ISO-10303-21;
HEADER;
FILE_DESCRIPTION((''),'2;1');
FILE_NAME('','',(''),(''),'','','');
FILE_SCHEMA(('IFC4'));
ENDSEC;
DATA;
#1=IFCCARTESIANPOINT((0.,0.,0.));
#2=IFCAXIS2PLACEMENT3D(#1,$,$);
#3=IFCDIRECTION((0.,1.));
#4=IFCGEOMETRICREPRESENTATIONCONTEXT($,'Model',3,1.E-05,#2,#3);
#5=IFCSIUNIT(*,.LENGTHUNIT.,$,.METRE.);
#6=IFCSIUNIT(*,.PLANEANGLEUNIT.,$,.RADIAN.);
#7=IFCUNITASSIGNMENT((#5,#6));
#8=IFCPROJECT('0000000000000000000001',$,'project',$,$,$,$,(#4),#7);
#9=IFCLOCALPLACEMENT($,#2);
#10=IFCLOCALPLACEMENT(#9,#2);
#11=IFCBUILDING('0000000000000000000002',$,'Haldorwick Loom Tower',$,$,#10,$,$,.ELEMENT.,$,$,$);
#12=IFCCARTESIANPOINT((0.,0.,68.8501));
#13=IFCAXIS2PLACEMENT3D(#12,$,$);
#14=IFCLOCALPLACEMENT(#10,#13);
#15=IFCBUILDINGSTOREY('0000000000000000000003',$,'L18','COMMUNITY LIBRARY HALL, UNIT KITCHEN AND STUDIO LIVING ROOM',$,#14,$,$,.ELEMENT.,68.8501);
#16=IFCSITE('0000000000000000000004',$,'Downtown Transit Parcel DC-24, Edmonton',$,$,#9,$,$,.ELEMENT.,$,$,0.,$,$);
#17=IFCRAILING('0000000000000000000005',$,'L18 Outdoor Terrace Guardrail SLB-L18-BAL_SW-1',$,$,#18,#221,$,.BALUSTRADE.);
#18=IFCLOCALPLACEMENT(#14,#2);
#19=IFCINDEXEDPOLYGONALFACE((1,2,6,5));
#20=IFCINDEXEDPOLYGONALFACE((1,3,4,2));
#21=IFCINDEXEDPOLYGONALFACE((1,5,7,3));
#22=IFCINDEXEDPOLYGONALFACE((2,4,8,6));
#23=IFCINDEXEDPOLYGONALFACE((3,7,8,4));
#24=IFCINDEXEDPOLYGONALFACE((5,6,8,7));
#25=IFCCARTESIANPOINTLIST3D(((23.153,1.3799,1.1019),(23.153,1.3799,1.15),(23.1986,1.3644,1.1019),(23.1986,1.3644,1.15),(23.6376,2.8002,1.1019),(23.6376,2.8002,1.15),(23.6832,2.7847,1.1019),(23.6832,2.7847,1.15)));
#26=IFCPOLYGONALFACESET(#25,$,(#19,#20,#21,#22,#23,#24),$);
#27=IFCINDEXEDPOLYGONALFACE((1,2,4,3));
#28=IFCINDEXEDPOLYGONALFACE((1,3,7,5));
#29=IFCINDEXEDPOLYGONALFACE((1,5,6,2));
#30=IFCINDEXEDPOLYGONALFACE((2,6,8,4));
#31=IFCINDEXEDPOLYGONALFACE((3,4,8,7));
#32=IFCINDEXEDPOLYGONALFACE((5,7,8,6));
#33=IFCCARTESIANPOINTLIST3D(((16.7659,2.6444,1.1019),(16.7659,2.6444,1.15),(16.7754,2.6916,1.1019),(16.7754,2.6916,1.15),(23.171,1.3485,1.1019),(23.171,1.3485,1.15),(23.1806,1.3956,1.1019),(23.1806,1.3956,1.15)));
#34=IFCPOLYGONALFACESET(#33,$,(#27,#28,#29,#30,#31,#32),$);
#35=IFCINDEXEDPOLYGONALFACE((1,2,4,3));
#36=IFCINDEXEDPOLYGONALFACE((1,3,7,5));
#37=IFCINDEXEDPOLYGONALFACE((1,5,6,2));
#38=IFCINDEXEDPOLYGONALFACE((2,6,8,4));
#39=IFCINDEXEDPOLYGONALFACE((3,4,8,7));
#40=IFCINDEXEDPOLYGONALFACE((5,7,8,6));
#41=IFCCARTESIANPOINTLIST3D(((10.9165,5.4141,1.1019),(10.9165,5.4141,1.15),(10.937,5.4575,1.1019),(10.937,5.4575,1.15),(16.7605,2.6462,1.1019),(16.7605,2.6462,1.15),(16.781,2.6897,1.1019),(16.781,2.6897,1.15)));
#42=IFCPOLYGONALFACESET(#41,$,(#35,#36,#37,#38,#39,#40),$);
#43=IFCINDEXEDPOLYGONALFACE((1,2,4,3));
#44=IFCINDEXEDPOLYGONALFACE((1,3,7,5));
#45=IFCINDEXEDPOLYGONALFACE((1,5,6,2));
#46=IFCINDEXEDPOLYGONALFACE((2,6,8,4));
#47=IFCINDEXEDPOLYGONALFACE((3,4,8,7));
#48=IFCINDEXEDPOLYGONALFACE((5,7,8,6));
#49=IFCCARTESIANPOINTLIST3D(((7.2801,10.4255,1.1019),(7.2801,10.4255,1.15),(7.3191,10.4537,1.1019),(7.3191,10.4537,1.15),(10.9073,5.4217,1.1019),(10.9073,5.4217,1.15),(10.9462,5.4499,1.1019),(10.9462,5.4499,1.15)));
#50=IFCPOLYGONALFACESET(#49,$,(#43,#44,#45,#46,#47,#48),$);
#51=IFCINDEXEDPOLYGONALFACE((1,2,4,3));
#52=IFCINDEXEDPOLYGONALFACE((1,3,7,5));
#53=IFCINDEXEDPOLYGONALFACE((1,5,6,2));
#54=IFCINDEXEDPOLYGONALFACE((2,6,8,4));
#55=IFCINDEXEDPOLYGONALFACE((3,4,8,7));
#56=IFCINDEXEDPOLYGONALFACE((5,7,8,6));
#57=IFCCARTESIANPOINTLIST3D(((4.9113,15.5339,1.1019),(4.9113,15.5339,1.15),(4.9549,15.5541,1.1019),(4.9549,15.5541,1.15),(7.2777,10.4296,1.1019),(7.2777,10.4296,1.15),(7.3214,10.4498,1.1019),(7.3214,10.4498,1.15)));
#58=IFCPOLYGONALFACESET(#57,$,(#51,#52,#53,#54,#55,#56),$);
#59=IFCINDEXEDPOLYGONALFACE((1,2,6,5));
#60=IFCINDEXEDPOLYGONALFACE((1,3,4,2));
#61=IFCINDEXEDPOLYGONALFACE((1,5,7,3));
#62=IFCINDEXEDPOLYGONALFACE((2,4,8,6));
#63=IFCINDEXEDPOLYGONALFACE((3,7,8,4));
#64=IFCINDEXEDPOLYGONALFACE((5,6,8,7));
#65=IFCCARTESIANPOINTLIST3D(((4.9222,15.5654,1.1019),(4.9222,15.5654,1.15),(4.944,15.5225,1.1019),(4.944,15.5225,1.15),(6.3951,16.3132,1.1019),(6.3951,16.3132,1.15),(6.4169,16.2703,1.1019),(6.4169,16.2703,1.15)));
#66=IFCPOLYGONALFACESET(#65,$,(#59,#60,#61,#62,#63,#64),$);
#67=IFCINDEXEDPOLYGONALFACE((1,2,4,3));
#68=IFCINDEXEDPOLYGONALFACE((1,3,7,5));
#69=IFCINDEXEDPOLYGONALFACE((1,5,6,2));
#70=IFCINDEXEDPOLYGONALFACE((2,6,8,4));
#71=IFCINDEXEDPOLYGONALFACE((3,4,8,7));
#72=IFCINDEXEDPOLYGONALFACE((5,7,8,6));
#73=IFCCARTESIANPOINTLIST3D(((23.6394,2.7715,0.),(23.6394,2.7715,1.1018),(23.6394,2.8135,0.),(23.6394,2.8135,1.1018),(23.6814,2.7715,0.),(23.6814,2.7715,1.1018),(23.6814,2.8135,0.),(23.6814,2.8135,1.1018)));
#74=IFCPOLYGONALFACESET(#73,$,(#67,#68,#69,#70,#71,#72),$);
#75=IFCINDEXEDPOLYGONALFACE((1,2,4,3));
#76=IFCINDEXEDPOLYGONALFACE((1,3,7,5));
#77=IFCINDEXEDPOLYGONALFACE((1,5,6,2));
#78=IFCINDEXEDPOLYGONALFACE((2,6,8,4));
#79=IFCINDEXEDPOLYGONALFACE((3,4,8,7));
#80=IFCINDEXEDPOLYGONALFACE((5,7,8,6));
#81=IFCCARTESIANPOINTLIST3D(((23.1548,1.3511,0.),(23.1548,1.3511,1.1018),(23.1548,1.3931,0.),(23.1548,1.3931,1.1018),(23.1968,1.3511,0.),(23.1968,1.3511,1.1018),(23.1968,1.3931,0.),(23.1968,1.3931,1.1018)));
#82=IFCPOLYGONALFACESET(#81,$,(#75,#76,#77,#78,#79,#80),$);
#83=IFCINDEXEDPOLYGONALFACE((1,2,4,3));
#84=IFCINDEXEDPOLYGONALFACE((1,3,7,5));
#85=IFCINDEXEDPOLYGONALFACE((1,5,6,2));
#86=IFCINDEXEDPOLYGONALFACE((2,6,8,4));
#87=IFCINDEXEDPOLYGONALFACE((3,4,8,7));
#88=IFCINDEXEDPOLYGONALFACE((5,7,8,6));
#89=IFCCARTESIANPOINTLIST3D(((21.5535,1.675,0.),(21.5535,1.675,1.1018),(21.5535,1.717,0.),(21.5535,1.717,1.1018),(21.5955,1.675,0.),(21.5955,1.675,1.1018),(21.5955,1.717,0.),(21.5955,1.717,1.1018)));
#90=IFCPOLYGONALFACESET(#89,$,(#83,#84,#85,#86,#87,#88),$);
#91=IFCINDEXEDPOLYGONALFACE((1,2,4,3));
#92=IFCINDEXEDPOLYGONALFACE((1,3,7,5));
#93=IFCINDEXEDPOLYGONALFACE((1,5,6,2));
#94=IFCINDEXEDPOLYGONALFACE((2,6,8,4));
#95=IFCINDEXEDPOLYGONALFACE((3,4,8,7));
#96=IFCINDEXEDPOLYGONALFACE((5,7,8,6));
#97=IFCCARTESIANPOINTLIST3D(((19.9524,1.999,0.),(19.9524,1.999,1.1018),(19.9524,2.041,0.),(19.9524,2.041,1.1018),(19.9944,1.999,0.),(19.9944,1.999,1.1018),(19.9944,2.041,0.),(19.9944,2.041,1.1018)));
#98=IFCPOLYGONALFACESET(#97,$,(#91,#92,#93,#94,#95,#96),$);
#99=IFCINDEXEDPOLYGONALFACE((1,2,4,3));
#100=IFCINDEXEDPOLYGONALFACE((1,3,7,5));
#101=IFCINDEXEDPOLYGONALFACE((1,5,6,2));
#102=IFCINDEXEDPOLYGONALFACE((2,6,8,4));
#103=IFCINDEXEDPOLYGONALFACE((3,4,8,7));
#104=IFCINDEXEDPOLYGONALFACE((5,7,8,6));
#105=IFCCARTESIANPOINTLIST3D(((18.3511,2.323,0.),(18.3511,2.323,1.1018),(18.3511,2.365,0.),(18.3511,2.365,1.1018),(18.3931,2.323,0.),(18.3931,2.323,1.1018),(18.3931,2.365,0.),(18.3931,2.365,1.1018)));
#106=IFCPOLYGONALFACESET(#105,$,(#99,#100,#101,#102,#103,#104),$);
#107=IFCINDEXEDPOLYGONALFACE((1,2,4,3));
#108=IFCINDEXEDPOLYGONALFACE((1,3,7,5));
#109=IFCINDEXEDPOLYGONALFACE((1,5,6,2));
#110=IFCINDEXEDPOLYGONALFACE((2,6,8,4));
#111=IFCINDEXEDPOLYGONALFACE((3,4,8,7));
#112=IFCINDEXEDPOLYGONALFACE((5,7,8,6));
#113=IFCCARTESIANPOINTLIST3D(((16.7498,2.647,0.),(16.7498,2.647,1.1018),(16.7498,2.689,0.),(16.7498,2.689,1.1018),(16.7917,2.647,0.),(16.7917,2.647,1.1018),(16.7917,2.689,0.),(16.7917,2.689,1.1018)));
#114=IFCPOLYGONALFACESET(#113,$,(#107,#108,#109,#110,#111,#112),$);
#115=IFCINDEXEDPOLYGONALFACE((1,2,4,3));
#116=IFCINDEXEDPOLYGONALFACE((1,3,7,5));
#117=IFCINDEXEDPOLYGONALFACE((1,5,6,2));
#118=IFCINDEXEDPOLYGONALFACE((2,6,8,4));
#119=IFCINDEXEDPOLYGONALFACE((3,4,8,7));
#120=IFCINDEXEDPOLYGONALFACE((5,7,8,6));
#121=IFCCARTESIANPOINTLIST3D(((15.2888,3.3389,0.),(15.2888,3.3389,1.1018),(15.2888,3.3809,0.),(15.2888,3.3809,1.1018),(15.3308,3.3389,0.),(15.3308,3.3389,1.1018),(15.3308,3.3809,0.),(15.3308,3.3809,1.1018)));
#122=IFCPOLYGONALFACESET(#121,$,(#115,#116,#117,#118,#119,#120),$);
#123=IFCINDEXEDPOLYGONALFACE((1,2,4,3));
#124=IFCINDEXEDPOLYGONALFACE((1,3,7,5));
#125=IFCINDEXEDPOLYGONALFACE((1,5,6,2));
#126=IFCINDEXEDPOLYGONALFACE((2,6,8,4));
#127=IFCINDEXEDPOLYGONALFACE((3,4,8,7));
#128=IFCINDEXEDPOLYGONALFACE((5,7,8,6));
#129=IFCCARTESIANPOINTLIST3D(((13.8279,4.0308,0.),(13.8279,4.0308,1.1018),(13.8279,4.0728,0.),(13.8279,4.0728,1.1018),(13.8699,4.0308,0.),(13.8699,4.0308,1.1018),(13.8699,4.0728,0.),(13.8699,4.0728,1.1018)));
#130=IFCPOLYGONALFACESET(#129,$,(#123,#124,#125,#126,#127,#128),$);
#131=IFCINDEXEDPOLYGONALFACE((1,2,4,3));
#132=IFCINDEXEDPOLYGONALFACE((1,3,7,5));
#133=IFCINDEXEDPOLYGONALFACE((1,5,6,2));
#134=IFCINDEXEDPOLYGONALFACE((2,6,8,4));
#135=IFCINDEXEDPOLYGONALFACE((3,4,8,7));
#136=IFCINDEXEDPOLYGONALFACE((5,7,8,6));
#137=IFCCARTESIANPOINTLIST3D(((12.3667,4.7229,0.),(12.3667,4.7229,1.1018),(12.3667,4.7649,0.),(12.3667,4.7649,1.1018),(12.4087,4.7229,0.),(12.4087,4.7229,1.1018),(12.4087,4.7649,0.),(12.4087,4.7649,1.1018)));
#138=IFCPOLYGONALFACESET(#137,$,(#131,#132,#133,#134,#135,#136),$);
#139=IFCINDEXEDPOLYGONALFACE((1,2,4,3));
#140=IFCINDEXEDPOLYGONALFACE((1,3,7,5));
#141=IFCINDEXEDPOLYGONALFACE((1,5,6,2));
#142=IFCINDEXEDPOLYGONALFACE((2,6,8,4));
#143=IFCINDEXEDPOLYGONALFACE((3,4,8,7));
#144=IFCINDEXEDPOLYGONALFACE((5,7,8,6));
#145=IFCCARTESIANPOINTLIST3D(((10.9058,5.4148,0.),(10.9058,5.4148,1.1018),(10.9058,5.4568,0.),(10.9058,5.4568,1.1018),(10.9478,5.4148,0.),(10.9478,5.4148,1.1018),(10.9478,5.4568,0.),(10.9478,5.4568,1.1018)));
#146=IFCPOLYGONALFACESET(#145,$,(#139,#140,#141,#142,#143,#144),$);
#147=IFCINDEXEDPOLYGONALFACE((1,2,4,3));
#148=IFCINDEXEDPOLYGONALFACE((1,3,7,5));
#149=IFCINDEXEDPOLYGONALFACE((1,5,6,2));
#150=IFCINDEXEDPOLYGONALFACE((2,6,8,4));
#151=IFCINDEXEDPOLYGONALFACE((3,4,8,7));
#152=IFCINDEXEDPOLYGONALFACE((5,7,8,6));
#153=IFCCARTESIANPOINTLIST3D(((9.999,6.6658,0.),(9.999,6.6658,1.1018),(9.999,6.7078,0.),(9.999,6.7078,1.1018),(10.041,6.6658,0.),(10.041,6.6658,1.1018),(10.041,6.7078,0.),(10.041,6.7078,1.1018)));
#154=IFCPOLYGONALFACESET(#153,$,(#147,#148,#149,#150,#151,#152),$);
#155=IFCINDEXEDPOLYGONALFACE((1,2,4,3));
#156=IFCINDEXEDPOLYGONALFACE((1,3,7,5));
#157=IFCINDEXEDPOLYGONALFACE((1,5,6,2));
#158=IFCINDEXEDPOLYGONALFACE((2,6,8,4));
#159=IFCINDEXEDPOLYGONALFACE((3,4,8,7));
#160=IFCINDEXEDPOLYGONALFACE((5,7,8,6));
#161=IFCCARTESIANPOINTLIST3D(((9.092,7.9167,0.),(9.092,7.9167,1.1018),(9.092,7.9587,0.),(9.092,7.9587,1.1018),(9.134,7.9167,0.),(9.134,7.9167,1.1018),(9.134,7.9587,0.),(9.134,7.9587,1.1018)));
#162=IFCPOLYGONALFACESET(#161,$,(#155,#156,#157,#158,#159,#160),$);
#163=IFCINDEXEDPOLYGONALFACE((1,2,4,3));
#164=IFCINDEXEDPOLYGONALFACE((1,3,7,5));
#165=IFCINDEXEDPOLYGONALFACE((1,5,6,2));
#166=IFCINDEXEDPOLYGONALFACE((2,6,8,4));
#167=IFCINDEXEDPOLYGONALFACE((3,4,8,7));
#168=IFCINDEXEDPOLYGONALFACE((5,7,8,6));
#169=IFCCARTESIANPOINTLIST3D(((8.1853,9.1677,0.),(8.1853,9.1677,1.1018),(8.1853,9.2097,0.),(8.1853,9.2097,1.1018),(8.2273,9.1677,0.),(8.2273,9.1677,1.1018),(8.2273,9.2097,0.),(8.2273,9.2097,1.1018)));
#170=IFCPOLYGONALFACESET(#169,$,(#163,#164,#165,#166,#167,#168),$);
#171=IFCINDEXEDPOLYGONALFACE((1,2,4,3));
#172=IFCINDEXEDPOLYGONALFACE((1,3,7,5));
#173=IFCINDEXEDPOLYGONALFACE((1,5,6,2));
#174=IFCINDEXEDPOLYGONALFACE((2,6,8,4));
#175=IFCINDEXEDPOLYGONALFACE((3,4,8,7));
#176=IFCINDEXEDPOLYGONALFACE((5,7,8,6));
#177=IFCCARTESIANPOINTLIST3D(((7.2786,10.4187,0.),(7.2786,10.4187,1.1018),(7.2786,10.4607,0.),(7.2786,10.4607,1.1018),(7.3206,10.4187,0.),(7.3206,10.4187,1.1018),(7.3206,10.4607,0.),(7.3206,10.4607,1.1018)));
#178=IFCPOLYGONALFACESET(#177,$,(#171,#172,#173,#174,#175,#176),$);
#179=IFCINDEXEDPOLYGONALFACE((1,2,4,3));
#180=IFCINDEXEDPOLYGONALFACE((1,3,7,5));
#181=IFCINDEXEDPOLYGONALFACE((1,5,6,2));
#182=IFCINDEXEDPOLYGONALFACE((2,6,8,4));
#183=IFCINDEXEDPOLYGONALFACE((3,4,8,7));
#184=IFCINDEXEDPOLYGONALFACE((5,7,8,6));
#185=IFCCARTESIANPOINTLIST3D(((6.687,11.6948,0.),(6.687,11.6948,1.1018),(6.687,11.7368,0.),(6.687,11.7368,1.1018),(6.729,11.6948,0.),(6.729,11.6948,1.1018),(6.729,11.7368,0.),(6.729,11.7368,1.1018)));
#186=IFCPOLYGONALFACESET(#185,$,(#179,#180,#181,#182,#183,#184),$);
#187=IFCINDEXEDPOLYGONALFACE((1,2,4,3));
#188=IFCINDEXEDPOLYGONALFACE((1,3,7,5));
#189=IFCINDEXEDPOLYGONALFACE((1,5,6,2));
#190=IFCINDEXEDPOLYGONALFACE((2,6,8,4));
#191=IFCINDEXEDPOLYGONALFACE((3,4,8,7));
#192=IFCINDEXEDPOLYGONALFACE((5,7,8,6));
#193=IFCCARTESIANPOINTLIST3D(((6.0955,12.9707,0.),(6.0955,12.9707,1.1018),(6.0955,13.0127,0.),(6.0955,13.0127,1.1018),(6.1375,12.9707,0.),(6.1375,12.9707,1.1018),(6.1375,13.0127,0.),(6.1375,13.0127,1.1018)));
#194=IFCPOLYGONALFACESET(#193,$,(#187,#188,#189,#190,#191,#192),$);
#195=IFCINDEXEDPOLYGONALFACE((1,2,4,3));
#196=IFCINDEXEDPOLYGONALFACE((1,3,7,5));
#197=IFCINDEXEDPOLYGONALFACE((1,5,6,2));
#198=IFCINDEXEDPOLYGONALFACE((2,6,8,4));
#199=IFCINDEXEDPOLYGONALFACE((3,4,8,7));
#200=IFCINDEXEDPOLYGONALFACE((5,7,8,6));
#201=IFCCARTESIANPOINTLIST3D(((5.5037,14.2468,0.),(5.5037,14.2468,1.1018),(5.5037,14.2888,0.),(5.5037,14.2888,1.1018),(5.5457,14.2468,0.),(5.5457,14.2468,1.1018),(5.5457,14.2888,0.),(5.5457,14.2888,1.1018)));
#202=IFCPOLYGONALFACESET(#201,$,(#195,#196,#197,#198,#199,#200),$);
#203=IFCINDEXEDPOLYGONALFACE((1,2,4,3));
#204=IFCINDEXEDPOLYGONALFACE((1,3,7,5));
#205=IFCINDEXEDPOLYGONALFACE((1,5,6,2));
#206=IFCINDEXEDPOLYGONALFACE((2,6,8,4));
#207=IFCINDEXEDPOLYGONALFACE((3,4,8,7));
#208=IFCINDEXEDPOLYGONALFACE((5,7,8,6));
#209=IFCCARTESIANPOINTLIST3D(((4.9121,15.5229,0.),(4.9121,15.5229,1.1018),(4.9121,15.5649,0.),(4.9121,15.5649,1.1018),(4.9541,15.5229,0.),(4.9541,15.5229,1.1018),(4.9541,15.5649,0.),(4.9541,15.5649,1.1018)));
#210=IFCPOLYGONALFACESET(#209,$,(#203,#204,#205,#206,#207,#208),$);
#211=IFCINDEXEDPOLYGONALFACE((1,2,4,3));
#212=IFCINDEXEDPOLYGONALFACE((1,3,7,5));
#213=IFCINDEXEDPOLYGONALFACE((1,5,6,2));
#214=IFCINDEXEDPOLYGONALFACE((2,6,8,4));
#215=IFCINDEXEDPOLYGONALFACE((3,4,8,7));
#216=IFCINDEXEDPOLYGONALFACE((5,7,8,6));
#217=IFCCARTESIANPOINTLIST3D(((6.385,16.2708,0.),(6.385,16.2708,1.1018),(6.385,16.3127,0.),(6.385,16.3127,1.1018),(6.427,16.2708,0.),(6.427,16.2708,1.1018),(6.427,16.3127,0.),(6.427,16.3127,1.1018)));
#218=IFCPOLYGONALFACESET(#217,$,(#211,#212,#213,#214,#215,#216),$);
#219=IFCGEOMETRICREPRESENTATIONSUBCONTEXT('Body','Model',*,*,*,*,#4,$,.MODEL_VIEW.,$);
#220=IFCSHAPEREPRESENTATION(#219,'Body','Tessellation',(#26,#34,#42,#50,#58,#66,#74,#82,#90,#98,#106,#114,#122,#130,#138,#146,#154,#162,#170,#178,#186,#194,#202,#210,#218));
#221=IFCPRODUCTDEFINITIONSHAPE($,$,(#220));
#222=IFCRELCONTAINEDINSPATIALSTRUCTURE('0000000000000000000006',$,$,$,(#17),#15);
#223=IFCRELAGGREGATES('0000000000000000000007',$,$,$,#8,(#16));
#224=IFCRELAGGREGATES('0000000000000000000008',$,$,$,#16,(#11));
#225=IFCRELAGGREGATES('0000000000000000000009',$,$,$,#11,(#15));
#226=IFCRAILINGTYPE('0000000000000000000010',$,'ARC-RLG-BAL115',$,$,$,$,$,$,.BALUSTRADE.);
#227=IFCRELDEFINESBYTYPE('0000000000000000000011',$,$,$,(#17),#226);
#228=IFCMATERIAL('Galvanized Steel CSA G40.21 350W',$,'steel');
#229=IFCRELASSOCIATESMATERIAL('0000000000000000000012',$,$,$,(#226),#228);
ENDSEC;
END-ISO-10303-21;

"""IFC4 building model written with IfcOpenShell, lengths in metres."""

from ifc_helpers import new_model, si_unit, direction, frame, origin, origin_2d, place, context, subcontext, project, spatial, rectangle, extrude, material, type_object, element, save


model = new_model("IFC4")

# Units and contexts
model_context = context("Model", 3, precision=1e-05, world=origin(), true_north=direction((0.0, 1.0)))
body_context = subcontext(model_context, "Body", "Model", "MODEL_VIEW")
ifc_project = project(units=[si_unit("LENGTHUNIT", "METRE"), si_unit("PLANEANGLEUNIT", "RADIAN")], contexts=[model_context])

# Site, building, storey
site_placement = place(None, origin())
site = spatial("IfcSite", under=ifc_project, at=site_placement, Name="Downtown Transit Parcel DC-24, Edmonton", CompositionType="ELEMENT", RefElevation=0.0)
building_placement = place(site_placement, origin())
building = spatial("IfcBuilding", under=site, at=building_placement, Name="Haldorwick Loom Tower", CompositionType="ELEMENT")
storey_placement = place(building_placement, frame((0.0, 0.0, 68.8501)))
storey = spatial("IfcBuildingStorey", under=building, at=storey_placement, Name="L18", Description="COMMUNITY LIBRARY HALL, UNIT KITCHEN AND STUDIO LIVING ROOM", CompositionType="ELEMENT", Elevation=68.8501)

# Railing
ifc_material_1 = material(Name="Galvanized Steel CSA G40.21 350W", Category="steel")
railing_type = type_object("IfcRailingType", Name="ARC-RLG-BAL115", PredefinedType="BALUSTRADE", material=ifc_material_1)
railing_placement = place(storey_placement, frame((23.6604, 2.7925, 0.0)))
element("IfcRailing", 1, at=railing_placement, inside=storey, type_object=railing_type, Name="L18 Outdoor Terrace Guardrail SLB-L18-BAL_SW-1", PredefinedType="BALUSTRADE", context=body_context, shape_type="SweptSolid", body=[
    extrude(rectangle(XDim=0.0481, YDim=0.0481, at=origin_2d()), frame((0.0, 0.0, 1.126), z_axis=(-0.322906, -0.946431, 0.0), x_axis=(0.946431, -0.322906, 0.0)), (0.0, 0.0, 1.0), 1.5007),
    extrude(rectangle(XDim=0.0481, YDim=0.0481, at=origin_2d()), frame((-0.4846, -1.4204, 1.126), z_axis=(-0.98014, 0.198307, 0.0), x_axis=(-0.198307, -0.98014, 0.0)), (0.0, 0.0, 1.0), 6.5349),
    extrude(rectangle(XDim=0.0481, YDim=0.0481, at=origin_2d()), frame((-6.8896, -0.1245, 1.126), z_axis=(-0.903761, 0.428038, 0.0), x_axis=(-0.428038, -0.903761, 0.0)), (0.0, 0.0, 1.0), 6.4663),
    extrude(rectangle(XDim=0.0481, YDim=0.0481, at=origin_2d()), frame((-12.7336, 2.6433, 1.126), z_axis=(-0.5869, 0.809659, 0.0), x_axis=(-0.809659, -0.5869, 0.0)), (0.0, 0.0, 1.0), 6.1802),
    extrude(rectangle(XDim=0.0481, YDim=0.0481, at=origin_2d()), frame((-16.3608, 7.6472, 1.126), z_axis=(-0.420618, 0.907238, 0.0), x_axis=(-0.907238, -0.420618, 0.0)), (0.0, 0.0, 1.0), 5.6262),
    extrude(rectangle(XDim=0.0481, YDim=0.0481, at=origin_2d()), frame((-18.7273, 12.7515, 1.126), z_axis=(0.891661, 0.452703, 0.0), x_axis=(-0.452703, 0.891661, 0.0)), (0.0, 0.0, 1.0), 1.6519),
    extrude(rectangle(XDim=0.042, YDim=0.042, at=origin_2d()), origin(), (0.0, 0.0, 1.0), 1.1018),
    extrude(rectangle(XDim=0.042, YDim=0.042, at=origin_2d()), frame((-0.4846, -1.4204, 0.0)), (0.0, 0.0, 1.0), 1.1018),
    extrude(rectangle(XDim=0.042, YDim=0.042, at=origin_2d()), frame((-2.0859, -1.0964, 0.0)), (0.0, 0.0, 1.0), 1.1018),
    extrude(rectangle(XDim=0.042, YDim=0.042, at=origin_2d()), frame((-3.687, -0.7725, 0.0)), (0.0, 0.0, 1.0), 1.1018),
    extrude(rectangle(XDim=0.042, YDim=0.042, at=origin_2d()), frame((-5.2883, -0.4485, 0.0)), (0.0, 0.0, 1.0), 1.1018),
    extrude(rectangle(XDim=0.042, YDim=0.042, at=origin_2d()), frame((-6.8896, -0.1245, 0.0)), (0.0, 0.0, 1.0), 1.1018),
    extrude(rectangle(XDim=0.042, YDim=0.042, at=origin_2d()), frame((-8.3506, 0.5674, 0.0)), (0.0, 0.0, 1.0), 1.1018),
    extrude(rectangle(XDim=0.042, YDim=0.042, at=origin_2d()), frame((-9.8115, 1.2593, 0.0)), (0.0, 0.0, 1.0), 1.1018),
    extrude(rectangle(XDim=0.042, YDim=0.042, at=origin_2d()), frame((-11.2727, 1.9514, 0.0)), (0.0, 0.0, 1.0), 1.1018),
    extrude(rectangle(XDim=0.042, YDim=0.042, at=origin_2d()), frame((-12.7336, 2.6433, 0.0)), (0.0, 0.0, 1.0), 1.1018),
    extrude(rectangle(XDim=0.042, YDim=0.042, at=origin_2d()), frame((-13.6404, 3.8943, 0.0)), (0.0, 0.0, 1.0), 1.1018),
    extrude(rectangle(XDim=0.042, YDim=0.042, at=origin_2d()), frame((-14.5474, 5.1453, 0.0)), (0.0, 0.0, 1.0), 1.1018),
    extrude(rectangle(XDim=0.042, YDim=0.042, at=origin_2d()), frame((-15.4541, 6.3962, 0.0)), (0.0, 0.0, 1.0), 1.1018),
    extrude(rectangle(XDim=0.042, YDim=0.042, at=origin_2d()), frame((-16.3608, 7.6472, 0.0)), (0.0, 0.0, 1.0), 1.1018),
    extrude(rectangle(XDim=0.042, YDim=0.042, at=origin_2d()), frame((-16.9524, 8.9233, 0.0)), (0.0, 0.0, 1.0), 1.1018),
    extrude(rectangle(XDim=0.042, YDim=0.042, at=origin_2d()), frame((-17.5439, 10.1992, 0.0)), (0.0, 0.0, 1.0), 1.1018),
    extrude(rectangle(XDim=0.042, YDim=0.042, at=origin_2d()), frame((-18.1357, 11.4753, 0.0)), (0.0, 0.0, 1.0), 1.1018),
    extrude(rectangle(XDim=0.042, YDim=0.042, at=origin_2d()), frame((-18.7273, 12.7515, 0.0)), (0.0, 0.0, 1.0), 1.1018),
    extrude(rectangle(XDim=0.042, YDim=0.042, at=origin_2d()), frame((-17.2544, 13.4993, 0.0)), (0.0, 0.0, 1.0), 1.1018),
])

save(model, "model.ifc")
